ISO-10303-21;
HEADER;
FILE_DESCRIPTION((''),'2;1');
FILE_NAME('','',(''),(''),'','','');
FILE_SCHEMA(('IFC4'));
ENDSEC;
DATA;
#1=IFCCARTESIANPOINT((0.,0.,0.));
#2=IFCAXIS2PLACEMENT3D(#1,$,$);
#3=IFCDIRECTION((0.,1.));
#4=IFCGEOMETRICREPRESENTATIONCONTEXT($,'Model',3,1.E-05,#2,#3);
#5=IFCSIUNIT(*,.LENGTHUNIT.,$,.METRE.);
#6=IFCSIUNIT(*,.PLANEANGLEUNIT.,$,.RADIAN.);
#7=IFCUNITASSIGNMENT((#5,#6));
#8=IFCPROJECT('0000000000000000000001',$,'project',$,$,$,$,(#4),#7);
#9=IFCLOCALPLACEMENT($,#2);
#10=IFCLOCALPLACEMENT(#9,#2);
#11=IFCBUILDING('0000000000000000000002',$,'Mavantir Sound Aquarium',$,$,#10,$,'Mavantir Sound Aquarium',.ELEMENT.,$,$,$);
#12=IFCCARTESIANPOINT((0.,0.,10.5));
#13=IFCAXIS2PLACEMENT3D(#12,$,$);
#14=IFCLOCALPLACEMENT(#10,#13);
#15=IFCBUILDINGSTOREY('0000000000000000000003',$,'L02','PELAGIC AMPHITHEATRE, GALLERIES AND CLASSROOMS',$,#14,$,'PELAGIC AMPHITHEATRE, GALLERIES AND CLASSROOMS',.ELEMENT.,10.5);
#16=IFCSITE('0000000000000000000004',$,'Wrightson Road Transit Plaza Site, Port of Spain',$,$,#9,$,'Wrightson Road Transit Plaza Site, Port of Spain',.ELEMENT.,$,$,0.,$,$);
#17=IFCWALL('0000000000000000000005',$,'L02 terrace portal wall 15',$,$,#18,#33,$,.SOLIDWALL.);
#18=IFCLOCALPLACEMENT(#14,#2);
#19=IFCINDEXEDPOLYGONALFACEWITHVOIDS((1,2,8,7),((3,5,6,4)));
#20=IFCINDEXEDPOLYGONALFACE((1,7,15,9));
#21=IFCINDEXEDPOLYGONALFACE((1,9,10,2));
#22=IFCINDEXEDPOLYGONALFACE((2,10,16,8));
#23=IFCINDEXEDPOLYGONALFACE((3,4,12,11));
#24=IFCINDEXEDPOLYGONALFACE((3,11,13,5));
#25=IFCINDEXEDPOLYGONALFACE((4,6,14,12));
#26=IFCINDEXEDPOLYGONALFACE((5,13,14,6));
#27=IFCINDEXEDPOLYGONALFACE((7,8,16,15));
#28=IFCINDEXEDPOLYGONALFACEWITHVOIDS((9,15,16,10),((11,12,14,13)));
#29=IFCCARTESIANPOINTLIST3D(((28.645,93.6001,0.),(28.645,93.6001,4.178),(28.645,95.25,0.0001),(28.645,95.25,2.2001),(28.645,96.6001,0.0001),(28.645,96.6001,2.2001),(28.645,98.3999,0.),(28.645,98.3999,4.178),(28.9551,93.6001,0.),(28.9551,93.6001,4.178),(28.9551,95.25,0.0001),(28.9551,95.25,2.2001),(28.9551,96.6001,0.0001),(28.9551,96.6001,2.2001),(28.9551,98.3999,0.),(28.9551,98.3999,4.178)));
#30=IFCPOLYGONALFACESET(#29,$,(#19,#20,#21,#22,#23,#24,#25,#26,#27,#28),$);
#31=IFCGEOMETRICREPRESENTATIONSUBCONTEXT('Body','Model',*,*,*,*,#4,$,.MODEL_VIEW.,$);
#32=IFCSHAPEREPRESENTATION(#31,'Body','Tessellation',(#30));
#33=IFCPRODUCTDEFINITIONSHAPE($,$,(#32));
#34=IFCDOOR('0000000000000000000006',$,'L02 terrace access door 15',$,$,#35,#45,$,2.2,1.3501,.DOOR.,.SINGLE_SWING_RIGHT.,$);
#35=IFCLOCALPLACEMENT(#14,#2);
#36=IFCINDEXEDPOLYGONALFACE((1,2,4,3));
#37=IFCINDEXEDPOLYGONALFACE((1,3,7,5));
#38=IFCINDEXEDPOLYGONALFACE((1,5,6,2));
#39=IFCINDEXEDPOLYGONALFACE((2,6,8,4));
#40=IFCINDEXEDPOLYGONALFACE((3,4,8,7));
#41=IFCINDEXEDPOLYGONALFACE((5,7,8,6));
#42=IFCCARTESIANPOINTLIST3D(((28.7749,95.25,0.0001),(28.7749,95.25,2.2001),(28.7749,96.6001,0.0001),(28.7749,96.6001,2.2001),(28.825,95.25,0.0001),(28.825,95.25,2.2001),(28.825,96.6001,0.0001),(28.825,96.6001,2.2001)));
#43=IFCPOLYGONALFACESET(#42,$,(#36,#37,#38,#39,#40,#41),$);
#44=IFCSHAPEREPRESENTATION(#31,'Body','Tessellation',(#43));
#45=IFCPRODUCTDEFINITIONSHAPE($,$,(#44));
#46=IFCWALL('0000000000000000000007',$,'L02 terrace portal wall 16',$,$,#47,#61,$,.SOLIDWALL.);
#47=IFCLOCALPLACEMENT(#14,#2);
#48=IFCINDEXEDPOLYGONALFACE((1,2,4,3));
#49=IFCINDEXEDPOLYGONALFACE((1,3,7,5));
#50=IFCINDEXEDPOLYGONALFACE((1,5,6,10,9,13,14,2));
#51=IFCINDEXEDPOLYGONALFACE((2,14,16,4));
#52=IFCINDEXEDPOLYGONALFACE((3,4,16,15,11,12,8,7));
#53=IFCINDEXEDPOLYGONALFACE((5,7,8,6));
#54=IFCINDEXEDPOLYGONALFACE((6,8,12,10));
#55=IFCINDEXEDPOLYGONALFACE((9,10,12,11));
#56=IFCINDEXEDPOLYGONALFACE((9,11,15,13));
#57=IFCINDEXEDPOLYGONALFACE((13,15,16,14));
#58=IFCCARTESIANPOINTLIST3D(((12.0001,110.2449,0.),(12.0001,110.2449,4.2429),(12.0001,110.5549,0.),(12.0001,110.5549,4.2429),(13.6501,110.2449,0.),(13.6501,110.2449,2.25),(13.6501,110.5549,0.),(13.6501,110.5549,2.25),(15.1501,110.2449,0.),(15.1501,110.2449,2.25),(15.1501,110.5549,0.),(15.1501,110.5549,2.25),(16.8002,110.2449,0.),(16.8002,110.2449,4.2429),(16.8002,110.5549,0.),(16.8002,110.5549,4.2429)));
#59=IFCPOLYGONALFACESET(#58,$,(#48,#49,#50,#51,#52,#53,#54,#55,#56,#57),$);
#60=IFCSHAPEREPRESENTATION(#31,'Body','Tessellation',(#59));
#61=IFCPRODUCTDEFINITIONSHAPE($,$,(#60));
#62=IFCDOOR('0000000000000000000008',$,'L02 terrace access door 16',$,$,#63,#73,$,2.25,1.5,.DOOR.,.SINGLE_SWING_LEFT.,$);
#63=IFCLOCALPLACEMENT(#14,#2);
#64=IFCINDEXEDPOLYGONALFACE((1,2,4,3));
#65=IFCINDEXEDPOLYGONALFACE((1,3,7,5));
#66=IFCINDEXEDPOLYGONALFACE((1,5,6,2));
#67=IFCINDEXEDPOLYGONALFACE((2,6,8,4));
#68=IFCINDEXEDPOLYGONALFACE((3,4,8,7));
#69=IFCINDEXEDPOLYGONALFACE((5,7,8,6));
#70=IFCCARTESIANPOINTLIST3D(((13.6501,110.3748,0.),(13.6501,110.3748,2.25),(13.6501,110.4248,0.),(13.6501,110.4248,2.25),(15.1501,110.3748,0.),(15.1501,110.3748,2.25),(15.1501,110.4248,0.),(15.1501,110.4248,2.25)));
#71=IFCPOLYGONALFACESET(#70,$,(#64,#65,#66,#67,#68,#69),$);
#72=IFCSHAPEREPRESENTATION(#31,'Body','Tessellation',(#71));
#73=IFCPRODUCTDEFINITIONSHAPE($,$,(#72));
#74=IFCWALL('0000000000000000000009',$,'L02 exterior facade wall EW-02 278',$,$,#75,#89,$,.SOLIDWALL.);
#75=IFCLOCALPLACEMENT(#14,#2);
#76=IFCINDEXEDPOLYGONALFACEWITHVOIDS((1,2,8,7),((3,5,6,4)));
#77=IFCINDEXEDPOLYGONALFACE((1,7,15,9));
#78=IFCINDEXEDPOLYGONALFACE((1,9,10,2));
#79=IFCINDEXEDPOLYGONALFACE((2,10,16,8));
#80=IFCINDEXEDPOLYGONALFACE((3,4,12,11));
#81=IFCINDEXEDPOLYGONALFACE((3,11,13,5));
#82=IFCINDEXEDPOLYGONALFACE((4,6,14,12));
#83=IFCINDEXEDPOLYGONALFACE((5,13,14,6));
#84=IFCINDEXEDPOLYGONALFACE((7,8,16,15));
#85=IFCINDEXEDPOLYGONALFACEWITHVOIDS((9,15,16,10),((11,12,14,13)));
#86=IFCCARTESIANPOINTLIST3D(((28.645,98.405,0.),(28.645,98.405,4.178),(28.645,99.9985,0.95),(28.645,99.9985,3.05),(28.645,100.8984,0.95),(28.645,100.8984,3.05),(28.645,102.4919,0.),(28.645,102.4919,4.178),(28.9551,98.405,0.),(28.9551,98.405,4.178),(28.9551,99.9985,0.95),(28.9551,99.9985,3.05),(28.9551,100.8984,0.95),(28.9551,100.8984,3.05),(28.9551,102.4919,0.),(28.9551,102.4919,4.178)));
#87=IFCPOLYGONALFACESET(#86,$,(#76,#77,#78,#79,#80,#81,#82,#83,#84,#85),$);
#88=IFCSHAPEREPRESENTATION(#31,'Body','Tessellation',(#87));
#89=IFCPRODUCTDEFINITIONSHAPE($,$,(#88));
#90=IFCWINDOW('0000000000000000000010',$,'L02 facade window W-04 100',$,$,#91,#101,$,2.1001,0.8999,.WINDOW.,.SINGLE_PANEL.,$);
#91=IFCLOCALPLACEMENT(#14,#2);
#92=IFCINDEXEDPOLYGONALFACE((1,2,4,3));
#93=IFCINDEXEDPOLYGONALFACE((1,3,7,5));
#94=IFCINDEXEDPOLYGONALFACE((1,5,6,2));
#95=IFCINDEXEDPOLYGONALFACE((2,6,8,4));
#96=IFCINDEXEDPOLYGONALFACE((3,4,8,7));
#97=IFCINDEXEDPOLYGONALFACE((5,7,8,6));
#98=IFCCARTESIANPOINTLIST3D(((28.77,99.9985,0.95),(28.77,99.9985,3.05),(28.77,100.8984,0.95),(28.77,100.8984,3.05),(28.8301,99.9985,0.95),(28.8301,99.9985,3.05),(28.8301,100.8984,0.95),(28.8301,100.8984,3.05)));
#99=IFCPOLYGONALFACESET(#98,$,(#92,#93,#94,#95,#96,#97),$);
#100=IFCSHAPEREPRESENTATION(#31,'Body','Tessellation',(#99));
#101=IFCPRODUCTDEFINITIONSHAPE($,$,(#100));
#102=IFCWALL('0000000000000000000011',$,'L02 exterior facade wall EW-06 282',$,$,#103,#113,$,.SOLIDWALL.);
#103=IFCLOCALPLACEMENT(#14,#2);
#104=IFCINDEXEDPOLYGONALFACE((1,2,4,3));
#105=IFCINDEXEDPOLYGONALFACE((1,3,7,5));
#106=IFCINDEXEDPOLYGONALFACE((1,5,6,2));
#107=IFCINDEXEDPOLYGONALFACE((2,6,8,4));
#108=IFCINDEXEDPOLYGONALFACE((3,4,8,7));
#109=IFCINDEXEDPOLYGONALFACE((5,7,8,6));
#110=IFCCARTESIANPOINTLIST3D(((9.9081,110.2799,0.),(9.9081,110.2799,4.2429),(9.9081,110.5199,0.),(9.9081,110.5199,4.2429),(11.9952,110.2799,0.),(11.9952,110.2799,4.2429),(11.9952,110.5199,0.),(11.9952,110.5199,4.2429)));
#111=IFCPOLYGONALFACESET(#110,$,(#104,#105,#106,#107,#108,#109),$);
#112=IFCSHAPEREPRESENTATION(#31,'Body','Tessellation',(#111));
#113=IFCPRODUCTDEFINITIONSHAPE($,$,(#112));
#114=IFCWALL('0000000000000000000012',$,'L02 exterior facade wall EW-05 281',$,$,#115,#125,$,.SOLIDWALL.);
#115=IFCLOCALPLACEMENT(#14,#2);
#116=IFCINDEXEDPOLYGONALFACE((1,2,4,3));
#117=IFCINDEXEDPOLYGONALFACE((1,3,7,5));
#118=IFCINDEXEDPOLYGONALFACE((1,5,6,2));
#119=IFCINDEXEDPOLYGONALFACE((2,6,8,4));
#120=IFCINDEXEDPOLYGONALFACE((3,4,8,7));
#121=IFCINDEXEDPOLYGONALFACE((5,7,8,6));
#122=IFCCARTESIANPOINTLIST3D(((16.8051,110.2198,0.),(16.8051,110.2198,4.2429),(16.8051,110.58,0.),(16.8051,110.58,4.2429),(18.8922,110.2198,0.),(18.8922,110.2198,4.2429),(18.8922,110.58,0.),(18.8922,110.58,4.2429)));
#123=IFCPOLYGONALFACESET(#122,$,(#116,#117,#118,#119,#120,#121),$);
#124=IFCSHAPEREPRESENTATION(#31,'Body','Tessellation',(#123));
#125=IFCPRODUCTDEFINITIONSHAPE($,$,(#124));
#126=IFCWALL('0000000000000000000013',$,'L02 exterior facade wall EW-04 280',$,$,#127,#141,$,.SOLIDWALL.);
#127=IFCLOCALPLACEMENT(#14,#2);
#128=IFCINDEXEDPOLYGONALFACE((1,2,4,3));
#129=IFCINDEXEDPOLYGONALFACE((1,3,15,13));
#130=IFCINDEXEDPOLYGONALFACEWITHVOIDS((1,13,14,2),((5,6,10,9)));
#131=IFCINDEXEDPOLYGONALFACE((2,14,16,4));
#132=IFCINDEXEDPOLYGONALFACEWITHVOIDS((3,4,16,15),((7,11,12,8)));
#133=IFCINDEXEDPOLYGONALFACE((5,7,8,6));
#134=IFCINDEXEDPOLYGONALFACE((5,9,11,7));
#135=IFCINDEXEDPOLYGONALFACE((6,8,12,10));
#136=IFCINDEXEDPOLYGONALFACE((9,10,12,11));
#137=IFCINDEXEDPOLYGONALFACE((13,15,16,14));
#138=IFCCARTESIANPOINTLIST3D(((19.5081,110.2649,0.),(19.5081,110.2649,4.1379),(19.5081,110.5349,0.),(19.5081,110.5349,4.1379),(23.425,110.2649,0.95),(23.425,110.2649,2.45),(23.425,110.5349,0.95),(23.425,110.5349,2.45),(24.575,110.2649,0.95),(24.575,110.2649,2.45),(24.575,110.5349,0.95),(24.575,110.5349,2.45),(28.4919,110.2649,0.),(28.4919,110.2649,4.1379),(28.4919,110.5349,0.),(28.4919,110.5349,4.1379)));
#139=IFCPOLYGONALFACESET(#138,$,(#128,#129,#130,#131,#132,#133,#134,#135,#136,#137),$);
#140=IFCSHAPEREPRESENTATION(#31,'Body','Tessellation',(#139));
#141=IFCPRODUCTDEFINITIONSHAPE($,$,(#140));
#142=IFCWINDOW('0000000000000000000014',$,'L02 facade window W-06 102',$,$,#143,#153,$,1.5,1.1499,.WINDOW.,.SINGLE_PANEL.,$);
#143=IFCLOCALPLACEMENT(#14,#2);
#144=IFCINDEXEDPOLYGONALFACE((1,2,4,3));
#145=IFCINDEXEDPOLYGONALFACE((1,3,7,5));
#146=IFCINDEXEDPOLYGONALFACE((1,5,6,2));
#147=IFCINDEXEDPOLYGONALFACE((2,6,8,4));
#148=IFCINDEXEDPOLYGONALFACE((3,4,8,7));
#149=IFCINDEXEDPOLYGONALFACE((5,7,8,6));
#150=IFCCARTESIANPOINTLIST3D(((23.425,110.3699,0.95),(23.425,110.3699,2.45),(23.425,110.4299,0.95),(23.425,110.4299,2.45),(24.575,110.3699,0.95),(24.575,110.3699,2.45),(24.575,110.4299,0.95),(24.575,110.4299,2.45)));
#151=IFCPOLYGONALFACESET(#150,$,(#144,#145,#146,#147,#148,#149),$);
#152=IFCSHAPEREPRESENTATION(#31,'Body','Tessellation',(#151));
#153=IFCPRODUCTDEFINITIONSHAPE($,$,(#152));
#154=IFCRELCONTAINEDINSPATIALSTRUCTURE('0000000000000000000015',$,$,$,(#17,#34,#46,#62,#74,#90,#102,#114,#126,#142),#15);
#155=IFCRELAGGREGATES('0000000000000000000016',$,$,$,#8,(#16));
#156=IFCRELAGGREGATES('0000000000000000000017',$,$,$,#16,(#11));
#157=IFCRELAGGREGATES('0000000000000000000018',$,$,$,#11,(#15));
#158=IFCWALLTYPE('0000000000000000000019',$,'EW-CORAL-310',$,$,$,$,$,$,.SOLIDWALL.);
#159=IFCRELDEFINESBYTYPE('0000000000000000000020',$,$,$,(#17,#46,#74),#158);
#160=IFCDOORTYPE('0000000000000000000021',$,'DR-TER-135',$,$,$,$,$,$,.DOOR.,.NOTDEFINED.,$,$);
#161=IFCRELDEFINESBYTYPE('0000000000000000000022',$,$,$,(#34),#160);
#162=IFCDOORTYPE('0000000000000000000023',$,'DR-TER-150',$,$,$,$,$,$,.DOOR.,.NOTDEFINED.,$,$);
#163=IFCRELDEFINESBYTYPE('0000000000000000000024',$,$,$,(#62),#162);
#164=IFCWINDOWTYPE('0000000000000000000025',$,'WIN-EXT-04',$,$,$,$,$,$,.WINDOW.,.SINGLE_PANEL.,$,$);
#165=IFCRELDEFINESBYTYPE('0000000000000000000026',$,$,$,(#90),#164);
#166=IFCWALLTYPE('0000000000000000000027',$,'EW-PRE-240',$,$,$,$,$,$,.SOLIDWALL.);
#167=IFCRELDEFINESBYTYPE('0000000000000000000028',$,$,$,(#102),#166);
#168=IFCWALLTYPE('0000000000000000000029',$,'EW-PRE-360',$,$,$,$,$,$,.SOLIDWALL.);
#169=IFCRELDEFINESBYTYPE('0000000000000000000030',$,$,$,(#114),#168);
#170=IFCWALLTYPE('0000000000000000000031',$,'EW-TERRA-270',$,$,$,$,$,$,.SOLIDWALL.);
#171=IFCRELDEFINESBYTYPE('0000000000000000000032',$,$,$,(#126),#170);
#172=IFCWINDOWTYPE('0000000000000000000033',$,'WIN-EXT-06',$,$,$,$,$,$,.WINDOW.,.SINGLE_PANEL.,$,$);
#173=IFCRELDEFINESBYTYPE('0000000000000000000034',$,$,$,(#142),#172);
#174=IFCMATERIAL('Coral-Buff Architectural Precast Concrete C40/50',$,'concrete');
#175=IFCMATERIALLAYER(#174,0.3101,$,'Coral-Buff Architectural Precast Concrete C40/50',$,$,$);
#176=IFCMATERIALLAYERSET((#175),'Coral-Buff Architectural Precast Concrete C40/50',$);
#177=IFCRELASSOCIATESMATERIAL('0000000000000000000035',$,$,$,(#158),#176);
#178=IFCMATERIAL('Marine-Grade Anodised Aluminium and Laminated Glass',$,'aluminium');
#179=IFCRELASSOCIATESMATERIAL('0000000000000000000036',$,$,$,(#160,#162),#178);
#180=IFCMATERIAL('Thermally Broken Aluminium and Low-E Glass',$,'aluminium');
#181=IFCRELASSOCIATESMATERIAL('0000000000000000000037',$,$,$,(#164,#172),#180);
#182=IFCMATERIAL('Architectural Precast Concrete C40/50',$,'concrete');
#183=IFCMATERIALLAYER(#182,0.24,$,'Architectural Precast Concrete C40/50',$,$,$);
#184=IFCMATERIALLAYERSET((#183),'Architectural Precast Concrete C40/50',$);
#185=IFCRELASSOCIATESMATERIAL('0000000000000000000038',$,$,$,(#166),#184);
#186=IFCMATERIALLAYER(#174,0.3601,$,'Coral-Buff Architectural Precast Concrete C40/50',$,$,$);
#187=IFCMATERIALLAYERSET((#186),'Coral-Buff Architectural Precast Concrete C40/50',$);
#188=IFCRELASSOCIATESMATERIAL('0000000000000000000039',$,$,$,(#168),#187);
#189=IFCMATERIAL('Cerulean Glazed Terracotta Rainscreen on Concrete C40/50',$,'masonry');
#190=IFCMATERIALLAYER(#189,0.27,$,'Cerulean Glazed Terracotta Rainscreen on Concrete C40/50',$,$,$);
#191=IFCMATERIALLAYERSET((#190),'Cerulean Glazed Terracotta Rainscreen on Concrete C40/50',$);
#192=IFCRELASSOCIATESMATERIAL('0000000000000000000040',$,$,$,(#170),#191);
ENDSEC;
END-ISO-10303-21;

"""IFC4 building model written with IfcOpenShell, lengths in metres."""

from ifc_helpers import new_model, si_unit, direction, frame, frame_2d, origin, place, context, subcontext, project, spatial, rectangle, extrude, material, layer, layer_set, type_object, element, fill, save


model = new_model("IFC4")

# Units and contexts
model_context = context("Model", 3, precision=1e-05, world=origin(), true_north=direction((0.0, 1.0)))
body_context = subcontext(model_context, "Body", "Model", "MODEL_VIEW")
ifc_project = project(units=[si_unit("LENGTHUNIT", "METRE"), si_unit("PLANEANGLEUNIT", "RADIAN")], contexts=[model_context])

# Site, building, storey
site_placement = place(None, origin())
site = spatial("IfcSite", under=ifc_project, at=site_placement, Name="Wrightson Road Transit Plaza Site, Port of Spain", LongName="Wrightson Road Transit Plaza Site, Port of Spain", CompositionType="ELEMENT", RefElevation=0.0)
building_placement = place(site_placement, origin())
building = spatial("IfcBuilding", under=site, at=building_placement, Name="Mavantir Sound Aquarium", LongName="Mavantir Sound Aquarium", CompositionType="ELEMENT")
storey_placement = place(building_placement, frame((0.0, 0.0, 10.5)))
storey = spatial("IfcBuildingStorey", under=building, at=storey_placement, Name="L02", Description="PELAGIC AMPHITHEATRE, GALLERIES AND CLASSROOMS", LongName="PELAGIC AMPHITHEATRE, GALLERIES AND CLASSROOMS", CompositionType="ELEMENT", Elevation=10.5)

# Walls, openings, doors
ifc_material_1 = material(Name="Coral-Buff Architectural Precast Concrete C40/50", Category="concrete")
ifc_layer_1 = layer(ifc_material_1, 0.3101, Name="Coral-Buff Architectural Precast Concrete C40/50")
ifc_layer_set_1 = layer_set([ifc_layer_1], Name="Coral-Buff Architectural Precast Concrete C40/50")
wall_type_1 = type_object("IfcWallType", Name="EW-CORAL-310", PredefinedType="SOLIDWALL", material=ifc_layer_set_1)
wall_1_placement = place(storey_placement, frame((28.8, 93.6001, 0.0), z_axis=(0.0, 0.0, 1.0), x_axis=(0.0, 1.0, 0.0)))
wall_1 = element("IfcWall", 1, at=wall_1_placement, inside=storey, type_object=wall_type_1, Name="L02 terrace portal wall 15", PredefinedType="SOLIDWALL", context=body_context, shape_type="SweptSolid", body=[
    extrude(rectangle(XDim=4.7998, YDim=0.3101, at=frame_2d((2.3999, 0.0))), origin(), (0.0, 0.0, 1.0), 4.178),
])
opening_1_placement = place(wall_1_placement, frame((3.0, 0.0, 0.0), z_axis=(0.0, 0.0, 1.0), x_axis=(-1.0, 0.0, 0.0)))
opening_1 = element("IfcOpeningElement", 2, at=opening_1_placement, cuts=wall_1, PredefinedType="OPENING", context=body_context, shape_type="SweptSolid", body=[
    extrude(rectangle(XDim=1.3501, YDim=2.2, at=frame_2d((0.675, 1.1001))), frame((0.0, 0.165, 0.0), z_axis=(0.0, -1.0, 0.0), x_axis=(1.0, 0.0, 0.0)), (0.0, 0.0, 1.0), 0.3301),
])
ifc_material_2 = material(Name="Marine-Grade Anodised Aluminium and Laminated Glass", Category="aluminium")
door_type_1 = type_object("IfcDoorType", Name="DR-TER-135", OperationType="NOTDEFINED", PredefinedType="DOOR", material=ifc_material_2)
door_1_placement = place(opening_1_placement, origin())
door_1 = element("IfcDoor", 3, at=door_1_placement, inside=storey, type_object=door_type_1, Name="L02 terrace access door 15", OperationType="SINGLE_SWING_RIGHT", OverallHeight=2.2, OverallWidth=1.3501, PredefinedType="DOOR", context=body_context, shape_type="SweptSolid", body=[
    extrude(rectangle(XDim=1.3501, YDim=2.2, at=frame_2d((0.675, 1.1001))), frame((0.0, 0.0249, 0.0), z_axis=(0.0, -1.0, 0.0), x_axis=(1.0, 0.0, 0.0)), (0.0, 0.0, 1.0), 0.05),
])
fill(opening_1, door_1)
wall_2_placement = place(storey_placement, frame((16.8, 110.3999, 0.0), z_axis=(0.0, 0.0, 1.0), x_axis=(-1.0, 0.0, 0.0)))
wall_2 = element("IfcWall", 4, at=wall_2_placement, inside=storey, type_object=wall_type_1, Name="L02 terrace portal wall 16", PredefinedType="SOLIDWALL", context=body_context, shape_type="SweptSolid", body=[
    extrude(rectangle(XDim=4.8, YDim=0.3101, at=frame_2d((2.3999, 0.0))), origin(), (0.0, 0.0, 1.0), 4.2429),
])
opening_2_placement = place(wall_2_placement, frame((3.1499, 0.0, 0.0), z_axis=(0.0, 0.0, 1.0), x_axis=(-1.0, 0.0, 0.0)))
opening_2 = element("IfcOpeningElement", 5, at=opening_2_placement, cuts=wall_2, PredefinedType="OPENING", context=body_context, shape_type="SweptSolid", body=[
    extrude(rectangle(XDim=1.5, YDim=2.25, at=frame_2d((0.75, 1.125))), frame((0.0, 0.165, 0.0), z_axis=(0.0, -1.0, 0.0), x_axis=(1.0, 0.0, 0.0)), (0.0, 0.0, 1.0), 0.3301),
])
door_type_2 = type_object("IfcDoorType", Name="DR-TER-150", OperationType="NOTDEFINED", PredefinedType="DOOR", material=ifc_material_2)
door_2_placement = place(opening_2_placement, origin())
door_2 = element("IfcDoor", 6, at=door_2_placement, inside=storey, type_object=door_type_2, Name="L02 terrace access door 16", OperationType="SINGLE_SWING_LEFT", OverallHeight=2.25, OverallWidth=1.5, PredefinedType="DOOR", context=body_context, shape_type="SweptSolid", body=[
    extrude(rectangle(XDim=1.5, YDim=2.25, at=frame_2d((0.75, 1.125))), frame((0.0, 0.0249, 0.0), z_axis=(0.0, -1.0, 0.0), x_axis=(1.0, 0.0, 0.0)), (0.0, 0.0, 1.0), 0.05),
])
fill(opening_2, door_2)

# Wall, opening, window
wall_3_placement = place(storey_placement, frame((28.8, 98.405, 0.0), z_axis=(0.0, 0.0, 1.0), x_axis=(0.0, 1.0, 0.0)))
wall_3 = element("IfcWall", 7, at=wall_3_placement, inside=storey, type_object=wall_type_1, Name="L02 exterior facade wall EW-02 278", PredefinedType="SOLIDWALL", context=body_context, shape_type="SweptSolid", body=[
    extrude(rectangle(XDim=4.0869, YDim=0.3101, at=frame_2d((2.0435, 0.0))), origin(), (0.0, 0.0, 1.0), 4.178),
])
opening_3_placement = place(wall_3_placement, frame((1.5935, 0.0, 0.95)))
opening_3 = element("IfcOpeningElement", 8, at=opening_3_placement, cuts=wall_3, PredefinedType="OPENING", context=body_context, shape_type="SweptSolid", body=[
    extrude(rectangle(XDim=0.8999, YDim=2.1001, at=frame_2d((0.45, 1.05))), frame((0.0, 0.165, 0.0), z_axis=(0.0, -1.0, 0.0), x_axis=(1.0, 0.0, 0.0)), (0.0, 0.0, 1.0), 0.3301),
])
ifc_material_3 = material(Name="Thermally Broken Aluminium and Low-E Glass", Category="aluminium")
window_type_1 = type_object("IfcWindowType", Name="WIN-EXT-04", PartitioningType="SINGLE_PANEL", PredefinedType="WINDOW", material=ifc_material_3)
window_1_placement = place(opening_3_placement, origin())
window_1 = element("IfcWindow", 9, at=window_1_placement, inside=storey, type_object=window_type_1, Name="L02 facade window W-04 100", OverallHeight=2.1001, OverallWidth=0.8999, PartitioningType="SINGLE_PANEL", PredefinedType="WINDOW", context=body_context, shape_type="SweptSolid", body=[
    extrude(rectangle(XDim=0.8999, YDim=2.1001, at=frame_2d((0.45, 1.05))), frame((0.0, 0.03, 0.0), z_axis=(0.0, -1.0, 0.0), x_axis=(1.0, 0.0, 0.0)), (0.0, 0.0, 1.0), 0.0601),
])
fill(opening_3, window_1)

# Walls
ifc_material_4 = material(Name="Architectural Precast Concrete C40/50", Category="concrete")
ifc_layer_2 = layer(ifc_material_4, 0.24, Name="Architectural Precast Concrete C40/50")
ifc_layer_set_2 = layer_set([ifc_layer_2], Name="Architectural Precast Concrete C40/50")
wall_type_2 = type_object("IfcWallType", Name="EW-PRE-240", PredefinedType="SOLIDWALL", material=ifc_layer_set_2)
wall_4_placement = place(storey_placement, frame((11.9951, 110.3999, 0.0), z_axis=(0.0, 0.0, 1.0), x_axis=(-1.0, 0.0, 0.0)))
element("IfcWall", 10, at=wall_4_placement, inside=storey, type_object=wall_type_2, Name="L02 exterior facade wall EW-06 282", PredefinedType="SOLIDWALL", context=body_context, shape_type="SweptSolid", body=[
    extrude(rectangle(XDim=2.0872, YDim=0.24, at=frame_2d((1.0435, 0.0))), origin(), (0.0, 0.0, 1.0), 4.2429),
])
ifc_layer_3 = layer(ifc_material_1, 0.3601, Name="Coral-Buff Architectural Precast Concrete C40/50")
ifc_layer_set_3 = layer_set([ifc_layer_3], Name="Coral-Buff Architectural Precast Concrete C40/50")
wall_type_3 = type_object("IfcWallType", Name="EW-PRE-360", PredefinedType="SOLIDWALL", material=ifc_layer_set_3)
wall_5_placement = place(storey_placement, frame((18.8921, 110.3999, 0.0), z_axis=(0.0, 0.0, 1.0), x_axis=(-1.0, 0.0, 0.0)))
element("IfcWall", 11, at=wall_5_placement, inside=storey, type_object=wall_type_3, Name="L02 exterior facade wall EW-05 281", PredefinedType="SOLIDWALL", context=body_context, shape_type="SweptSolid", body=[
    extrude(rectangle(XDim=2.0872, YDim=0.3601, at=frame_2d((1.0435, 0.0))), origin(), (0.0, 0.0, 1.0), 4.2429),
])

# Wall, opening, window
ifc_material_5 = material(Name="Cerulean Glazed Terracotta Rainscreen on Concrete C40/50", Category="masonry")
ifc_layer_4 = layer(ifc_material_5, 0.27, Name="Cerulean Glazed Terracotta Rainscreen on Concrete C40/50")
ifc_layer_set_4 = layer_set([ifc_layer_4], Name="Cerulean Glazed Terracotta Rainscreen on Concrete C40/50")
wall_type_4 = type_object("IfcWallType", Name="EW-TERRA-270", PredefinedType="SOLIDWALL", material=ifc_layer_set_4)
wall_6_placement = place(storey_placement, frame((28.4919, 110.3999, 0.0), z_axis=(0.0, 0.0, 1.0), x_axis=(-1.0, 0.0, 0.0)))
wall_6 = element("IfcWall", 12, at=wall_6_placement, inside=storey, type_object=wall_type_4, Name="L02 exterior facade wall EW-04 280", PredefinedType="SOLIDWALL", context=body_context, shape_type="SweptSolid", body=[
    extrude(rectangle(XDim=8.9839, YDim=0.27, at=frame_2d((4.4919, 0.0))), origin(), (0.0, 0.0, 1.0), 4.1379),
])
opening_4_placement = place(wall_6_placement, frame((3.917, 0.0, 0.95)))
opening_4 = element("IfcOpeningElement", 13, at=opening_4_placement, cuts=wall_6, PredefinedType="OPENING", context=body_context, shape_type="SweptSolid", body=[
    extrude(rectangle(XDim=1.1499, YDim=1.5, at=frame_2d((0.575, 0.75))), frame((0.0, 0.145, 0.0), z_axis=(0.0, -1.0, 0.0), x_axis=(1.0, 0.0, 0.0)), (0.0, 0.0, 1.0), 0.29),
])
window_type_2 = type_object("IfcWindowType", Name="WIN-EXT-06", PartitioningType="SINGLE_PANEL", PredefinedType="WINDOW", material=ifc_material_3)
window_2_placement = place(opening_4_placement, origin())
window_2 = element("IfcWindow", 14, at=window_2_placement, inside=storey, type_object=window_type_2, Name="L02 facade window W-06 102", OverallHeight=1.5, OverallWidth=1.1499, PartitioningType="SINGLE_PANEL", PredefinedType="WINDOW", context=body_context, shape_type="SweptSolid", body=[
    extrude(rectangle(XDim=1.1499, YDim=1.5, at=frame_2d((0.575, 0.75))), frame((0.0, 0.03, 0.0), z_axis=(0.0, -1.0, 0.0), x_axis=(1.0, 0.0, 0.0)), (0.0, 0.0, 1.0), 0.0601),
])
fill(opening_4, window_2)

save(model, "model.ifc")
